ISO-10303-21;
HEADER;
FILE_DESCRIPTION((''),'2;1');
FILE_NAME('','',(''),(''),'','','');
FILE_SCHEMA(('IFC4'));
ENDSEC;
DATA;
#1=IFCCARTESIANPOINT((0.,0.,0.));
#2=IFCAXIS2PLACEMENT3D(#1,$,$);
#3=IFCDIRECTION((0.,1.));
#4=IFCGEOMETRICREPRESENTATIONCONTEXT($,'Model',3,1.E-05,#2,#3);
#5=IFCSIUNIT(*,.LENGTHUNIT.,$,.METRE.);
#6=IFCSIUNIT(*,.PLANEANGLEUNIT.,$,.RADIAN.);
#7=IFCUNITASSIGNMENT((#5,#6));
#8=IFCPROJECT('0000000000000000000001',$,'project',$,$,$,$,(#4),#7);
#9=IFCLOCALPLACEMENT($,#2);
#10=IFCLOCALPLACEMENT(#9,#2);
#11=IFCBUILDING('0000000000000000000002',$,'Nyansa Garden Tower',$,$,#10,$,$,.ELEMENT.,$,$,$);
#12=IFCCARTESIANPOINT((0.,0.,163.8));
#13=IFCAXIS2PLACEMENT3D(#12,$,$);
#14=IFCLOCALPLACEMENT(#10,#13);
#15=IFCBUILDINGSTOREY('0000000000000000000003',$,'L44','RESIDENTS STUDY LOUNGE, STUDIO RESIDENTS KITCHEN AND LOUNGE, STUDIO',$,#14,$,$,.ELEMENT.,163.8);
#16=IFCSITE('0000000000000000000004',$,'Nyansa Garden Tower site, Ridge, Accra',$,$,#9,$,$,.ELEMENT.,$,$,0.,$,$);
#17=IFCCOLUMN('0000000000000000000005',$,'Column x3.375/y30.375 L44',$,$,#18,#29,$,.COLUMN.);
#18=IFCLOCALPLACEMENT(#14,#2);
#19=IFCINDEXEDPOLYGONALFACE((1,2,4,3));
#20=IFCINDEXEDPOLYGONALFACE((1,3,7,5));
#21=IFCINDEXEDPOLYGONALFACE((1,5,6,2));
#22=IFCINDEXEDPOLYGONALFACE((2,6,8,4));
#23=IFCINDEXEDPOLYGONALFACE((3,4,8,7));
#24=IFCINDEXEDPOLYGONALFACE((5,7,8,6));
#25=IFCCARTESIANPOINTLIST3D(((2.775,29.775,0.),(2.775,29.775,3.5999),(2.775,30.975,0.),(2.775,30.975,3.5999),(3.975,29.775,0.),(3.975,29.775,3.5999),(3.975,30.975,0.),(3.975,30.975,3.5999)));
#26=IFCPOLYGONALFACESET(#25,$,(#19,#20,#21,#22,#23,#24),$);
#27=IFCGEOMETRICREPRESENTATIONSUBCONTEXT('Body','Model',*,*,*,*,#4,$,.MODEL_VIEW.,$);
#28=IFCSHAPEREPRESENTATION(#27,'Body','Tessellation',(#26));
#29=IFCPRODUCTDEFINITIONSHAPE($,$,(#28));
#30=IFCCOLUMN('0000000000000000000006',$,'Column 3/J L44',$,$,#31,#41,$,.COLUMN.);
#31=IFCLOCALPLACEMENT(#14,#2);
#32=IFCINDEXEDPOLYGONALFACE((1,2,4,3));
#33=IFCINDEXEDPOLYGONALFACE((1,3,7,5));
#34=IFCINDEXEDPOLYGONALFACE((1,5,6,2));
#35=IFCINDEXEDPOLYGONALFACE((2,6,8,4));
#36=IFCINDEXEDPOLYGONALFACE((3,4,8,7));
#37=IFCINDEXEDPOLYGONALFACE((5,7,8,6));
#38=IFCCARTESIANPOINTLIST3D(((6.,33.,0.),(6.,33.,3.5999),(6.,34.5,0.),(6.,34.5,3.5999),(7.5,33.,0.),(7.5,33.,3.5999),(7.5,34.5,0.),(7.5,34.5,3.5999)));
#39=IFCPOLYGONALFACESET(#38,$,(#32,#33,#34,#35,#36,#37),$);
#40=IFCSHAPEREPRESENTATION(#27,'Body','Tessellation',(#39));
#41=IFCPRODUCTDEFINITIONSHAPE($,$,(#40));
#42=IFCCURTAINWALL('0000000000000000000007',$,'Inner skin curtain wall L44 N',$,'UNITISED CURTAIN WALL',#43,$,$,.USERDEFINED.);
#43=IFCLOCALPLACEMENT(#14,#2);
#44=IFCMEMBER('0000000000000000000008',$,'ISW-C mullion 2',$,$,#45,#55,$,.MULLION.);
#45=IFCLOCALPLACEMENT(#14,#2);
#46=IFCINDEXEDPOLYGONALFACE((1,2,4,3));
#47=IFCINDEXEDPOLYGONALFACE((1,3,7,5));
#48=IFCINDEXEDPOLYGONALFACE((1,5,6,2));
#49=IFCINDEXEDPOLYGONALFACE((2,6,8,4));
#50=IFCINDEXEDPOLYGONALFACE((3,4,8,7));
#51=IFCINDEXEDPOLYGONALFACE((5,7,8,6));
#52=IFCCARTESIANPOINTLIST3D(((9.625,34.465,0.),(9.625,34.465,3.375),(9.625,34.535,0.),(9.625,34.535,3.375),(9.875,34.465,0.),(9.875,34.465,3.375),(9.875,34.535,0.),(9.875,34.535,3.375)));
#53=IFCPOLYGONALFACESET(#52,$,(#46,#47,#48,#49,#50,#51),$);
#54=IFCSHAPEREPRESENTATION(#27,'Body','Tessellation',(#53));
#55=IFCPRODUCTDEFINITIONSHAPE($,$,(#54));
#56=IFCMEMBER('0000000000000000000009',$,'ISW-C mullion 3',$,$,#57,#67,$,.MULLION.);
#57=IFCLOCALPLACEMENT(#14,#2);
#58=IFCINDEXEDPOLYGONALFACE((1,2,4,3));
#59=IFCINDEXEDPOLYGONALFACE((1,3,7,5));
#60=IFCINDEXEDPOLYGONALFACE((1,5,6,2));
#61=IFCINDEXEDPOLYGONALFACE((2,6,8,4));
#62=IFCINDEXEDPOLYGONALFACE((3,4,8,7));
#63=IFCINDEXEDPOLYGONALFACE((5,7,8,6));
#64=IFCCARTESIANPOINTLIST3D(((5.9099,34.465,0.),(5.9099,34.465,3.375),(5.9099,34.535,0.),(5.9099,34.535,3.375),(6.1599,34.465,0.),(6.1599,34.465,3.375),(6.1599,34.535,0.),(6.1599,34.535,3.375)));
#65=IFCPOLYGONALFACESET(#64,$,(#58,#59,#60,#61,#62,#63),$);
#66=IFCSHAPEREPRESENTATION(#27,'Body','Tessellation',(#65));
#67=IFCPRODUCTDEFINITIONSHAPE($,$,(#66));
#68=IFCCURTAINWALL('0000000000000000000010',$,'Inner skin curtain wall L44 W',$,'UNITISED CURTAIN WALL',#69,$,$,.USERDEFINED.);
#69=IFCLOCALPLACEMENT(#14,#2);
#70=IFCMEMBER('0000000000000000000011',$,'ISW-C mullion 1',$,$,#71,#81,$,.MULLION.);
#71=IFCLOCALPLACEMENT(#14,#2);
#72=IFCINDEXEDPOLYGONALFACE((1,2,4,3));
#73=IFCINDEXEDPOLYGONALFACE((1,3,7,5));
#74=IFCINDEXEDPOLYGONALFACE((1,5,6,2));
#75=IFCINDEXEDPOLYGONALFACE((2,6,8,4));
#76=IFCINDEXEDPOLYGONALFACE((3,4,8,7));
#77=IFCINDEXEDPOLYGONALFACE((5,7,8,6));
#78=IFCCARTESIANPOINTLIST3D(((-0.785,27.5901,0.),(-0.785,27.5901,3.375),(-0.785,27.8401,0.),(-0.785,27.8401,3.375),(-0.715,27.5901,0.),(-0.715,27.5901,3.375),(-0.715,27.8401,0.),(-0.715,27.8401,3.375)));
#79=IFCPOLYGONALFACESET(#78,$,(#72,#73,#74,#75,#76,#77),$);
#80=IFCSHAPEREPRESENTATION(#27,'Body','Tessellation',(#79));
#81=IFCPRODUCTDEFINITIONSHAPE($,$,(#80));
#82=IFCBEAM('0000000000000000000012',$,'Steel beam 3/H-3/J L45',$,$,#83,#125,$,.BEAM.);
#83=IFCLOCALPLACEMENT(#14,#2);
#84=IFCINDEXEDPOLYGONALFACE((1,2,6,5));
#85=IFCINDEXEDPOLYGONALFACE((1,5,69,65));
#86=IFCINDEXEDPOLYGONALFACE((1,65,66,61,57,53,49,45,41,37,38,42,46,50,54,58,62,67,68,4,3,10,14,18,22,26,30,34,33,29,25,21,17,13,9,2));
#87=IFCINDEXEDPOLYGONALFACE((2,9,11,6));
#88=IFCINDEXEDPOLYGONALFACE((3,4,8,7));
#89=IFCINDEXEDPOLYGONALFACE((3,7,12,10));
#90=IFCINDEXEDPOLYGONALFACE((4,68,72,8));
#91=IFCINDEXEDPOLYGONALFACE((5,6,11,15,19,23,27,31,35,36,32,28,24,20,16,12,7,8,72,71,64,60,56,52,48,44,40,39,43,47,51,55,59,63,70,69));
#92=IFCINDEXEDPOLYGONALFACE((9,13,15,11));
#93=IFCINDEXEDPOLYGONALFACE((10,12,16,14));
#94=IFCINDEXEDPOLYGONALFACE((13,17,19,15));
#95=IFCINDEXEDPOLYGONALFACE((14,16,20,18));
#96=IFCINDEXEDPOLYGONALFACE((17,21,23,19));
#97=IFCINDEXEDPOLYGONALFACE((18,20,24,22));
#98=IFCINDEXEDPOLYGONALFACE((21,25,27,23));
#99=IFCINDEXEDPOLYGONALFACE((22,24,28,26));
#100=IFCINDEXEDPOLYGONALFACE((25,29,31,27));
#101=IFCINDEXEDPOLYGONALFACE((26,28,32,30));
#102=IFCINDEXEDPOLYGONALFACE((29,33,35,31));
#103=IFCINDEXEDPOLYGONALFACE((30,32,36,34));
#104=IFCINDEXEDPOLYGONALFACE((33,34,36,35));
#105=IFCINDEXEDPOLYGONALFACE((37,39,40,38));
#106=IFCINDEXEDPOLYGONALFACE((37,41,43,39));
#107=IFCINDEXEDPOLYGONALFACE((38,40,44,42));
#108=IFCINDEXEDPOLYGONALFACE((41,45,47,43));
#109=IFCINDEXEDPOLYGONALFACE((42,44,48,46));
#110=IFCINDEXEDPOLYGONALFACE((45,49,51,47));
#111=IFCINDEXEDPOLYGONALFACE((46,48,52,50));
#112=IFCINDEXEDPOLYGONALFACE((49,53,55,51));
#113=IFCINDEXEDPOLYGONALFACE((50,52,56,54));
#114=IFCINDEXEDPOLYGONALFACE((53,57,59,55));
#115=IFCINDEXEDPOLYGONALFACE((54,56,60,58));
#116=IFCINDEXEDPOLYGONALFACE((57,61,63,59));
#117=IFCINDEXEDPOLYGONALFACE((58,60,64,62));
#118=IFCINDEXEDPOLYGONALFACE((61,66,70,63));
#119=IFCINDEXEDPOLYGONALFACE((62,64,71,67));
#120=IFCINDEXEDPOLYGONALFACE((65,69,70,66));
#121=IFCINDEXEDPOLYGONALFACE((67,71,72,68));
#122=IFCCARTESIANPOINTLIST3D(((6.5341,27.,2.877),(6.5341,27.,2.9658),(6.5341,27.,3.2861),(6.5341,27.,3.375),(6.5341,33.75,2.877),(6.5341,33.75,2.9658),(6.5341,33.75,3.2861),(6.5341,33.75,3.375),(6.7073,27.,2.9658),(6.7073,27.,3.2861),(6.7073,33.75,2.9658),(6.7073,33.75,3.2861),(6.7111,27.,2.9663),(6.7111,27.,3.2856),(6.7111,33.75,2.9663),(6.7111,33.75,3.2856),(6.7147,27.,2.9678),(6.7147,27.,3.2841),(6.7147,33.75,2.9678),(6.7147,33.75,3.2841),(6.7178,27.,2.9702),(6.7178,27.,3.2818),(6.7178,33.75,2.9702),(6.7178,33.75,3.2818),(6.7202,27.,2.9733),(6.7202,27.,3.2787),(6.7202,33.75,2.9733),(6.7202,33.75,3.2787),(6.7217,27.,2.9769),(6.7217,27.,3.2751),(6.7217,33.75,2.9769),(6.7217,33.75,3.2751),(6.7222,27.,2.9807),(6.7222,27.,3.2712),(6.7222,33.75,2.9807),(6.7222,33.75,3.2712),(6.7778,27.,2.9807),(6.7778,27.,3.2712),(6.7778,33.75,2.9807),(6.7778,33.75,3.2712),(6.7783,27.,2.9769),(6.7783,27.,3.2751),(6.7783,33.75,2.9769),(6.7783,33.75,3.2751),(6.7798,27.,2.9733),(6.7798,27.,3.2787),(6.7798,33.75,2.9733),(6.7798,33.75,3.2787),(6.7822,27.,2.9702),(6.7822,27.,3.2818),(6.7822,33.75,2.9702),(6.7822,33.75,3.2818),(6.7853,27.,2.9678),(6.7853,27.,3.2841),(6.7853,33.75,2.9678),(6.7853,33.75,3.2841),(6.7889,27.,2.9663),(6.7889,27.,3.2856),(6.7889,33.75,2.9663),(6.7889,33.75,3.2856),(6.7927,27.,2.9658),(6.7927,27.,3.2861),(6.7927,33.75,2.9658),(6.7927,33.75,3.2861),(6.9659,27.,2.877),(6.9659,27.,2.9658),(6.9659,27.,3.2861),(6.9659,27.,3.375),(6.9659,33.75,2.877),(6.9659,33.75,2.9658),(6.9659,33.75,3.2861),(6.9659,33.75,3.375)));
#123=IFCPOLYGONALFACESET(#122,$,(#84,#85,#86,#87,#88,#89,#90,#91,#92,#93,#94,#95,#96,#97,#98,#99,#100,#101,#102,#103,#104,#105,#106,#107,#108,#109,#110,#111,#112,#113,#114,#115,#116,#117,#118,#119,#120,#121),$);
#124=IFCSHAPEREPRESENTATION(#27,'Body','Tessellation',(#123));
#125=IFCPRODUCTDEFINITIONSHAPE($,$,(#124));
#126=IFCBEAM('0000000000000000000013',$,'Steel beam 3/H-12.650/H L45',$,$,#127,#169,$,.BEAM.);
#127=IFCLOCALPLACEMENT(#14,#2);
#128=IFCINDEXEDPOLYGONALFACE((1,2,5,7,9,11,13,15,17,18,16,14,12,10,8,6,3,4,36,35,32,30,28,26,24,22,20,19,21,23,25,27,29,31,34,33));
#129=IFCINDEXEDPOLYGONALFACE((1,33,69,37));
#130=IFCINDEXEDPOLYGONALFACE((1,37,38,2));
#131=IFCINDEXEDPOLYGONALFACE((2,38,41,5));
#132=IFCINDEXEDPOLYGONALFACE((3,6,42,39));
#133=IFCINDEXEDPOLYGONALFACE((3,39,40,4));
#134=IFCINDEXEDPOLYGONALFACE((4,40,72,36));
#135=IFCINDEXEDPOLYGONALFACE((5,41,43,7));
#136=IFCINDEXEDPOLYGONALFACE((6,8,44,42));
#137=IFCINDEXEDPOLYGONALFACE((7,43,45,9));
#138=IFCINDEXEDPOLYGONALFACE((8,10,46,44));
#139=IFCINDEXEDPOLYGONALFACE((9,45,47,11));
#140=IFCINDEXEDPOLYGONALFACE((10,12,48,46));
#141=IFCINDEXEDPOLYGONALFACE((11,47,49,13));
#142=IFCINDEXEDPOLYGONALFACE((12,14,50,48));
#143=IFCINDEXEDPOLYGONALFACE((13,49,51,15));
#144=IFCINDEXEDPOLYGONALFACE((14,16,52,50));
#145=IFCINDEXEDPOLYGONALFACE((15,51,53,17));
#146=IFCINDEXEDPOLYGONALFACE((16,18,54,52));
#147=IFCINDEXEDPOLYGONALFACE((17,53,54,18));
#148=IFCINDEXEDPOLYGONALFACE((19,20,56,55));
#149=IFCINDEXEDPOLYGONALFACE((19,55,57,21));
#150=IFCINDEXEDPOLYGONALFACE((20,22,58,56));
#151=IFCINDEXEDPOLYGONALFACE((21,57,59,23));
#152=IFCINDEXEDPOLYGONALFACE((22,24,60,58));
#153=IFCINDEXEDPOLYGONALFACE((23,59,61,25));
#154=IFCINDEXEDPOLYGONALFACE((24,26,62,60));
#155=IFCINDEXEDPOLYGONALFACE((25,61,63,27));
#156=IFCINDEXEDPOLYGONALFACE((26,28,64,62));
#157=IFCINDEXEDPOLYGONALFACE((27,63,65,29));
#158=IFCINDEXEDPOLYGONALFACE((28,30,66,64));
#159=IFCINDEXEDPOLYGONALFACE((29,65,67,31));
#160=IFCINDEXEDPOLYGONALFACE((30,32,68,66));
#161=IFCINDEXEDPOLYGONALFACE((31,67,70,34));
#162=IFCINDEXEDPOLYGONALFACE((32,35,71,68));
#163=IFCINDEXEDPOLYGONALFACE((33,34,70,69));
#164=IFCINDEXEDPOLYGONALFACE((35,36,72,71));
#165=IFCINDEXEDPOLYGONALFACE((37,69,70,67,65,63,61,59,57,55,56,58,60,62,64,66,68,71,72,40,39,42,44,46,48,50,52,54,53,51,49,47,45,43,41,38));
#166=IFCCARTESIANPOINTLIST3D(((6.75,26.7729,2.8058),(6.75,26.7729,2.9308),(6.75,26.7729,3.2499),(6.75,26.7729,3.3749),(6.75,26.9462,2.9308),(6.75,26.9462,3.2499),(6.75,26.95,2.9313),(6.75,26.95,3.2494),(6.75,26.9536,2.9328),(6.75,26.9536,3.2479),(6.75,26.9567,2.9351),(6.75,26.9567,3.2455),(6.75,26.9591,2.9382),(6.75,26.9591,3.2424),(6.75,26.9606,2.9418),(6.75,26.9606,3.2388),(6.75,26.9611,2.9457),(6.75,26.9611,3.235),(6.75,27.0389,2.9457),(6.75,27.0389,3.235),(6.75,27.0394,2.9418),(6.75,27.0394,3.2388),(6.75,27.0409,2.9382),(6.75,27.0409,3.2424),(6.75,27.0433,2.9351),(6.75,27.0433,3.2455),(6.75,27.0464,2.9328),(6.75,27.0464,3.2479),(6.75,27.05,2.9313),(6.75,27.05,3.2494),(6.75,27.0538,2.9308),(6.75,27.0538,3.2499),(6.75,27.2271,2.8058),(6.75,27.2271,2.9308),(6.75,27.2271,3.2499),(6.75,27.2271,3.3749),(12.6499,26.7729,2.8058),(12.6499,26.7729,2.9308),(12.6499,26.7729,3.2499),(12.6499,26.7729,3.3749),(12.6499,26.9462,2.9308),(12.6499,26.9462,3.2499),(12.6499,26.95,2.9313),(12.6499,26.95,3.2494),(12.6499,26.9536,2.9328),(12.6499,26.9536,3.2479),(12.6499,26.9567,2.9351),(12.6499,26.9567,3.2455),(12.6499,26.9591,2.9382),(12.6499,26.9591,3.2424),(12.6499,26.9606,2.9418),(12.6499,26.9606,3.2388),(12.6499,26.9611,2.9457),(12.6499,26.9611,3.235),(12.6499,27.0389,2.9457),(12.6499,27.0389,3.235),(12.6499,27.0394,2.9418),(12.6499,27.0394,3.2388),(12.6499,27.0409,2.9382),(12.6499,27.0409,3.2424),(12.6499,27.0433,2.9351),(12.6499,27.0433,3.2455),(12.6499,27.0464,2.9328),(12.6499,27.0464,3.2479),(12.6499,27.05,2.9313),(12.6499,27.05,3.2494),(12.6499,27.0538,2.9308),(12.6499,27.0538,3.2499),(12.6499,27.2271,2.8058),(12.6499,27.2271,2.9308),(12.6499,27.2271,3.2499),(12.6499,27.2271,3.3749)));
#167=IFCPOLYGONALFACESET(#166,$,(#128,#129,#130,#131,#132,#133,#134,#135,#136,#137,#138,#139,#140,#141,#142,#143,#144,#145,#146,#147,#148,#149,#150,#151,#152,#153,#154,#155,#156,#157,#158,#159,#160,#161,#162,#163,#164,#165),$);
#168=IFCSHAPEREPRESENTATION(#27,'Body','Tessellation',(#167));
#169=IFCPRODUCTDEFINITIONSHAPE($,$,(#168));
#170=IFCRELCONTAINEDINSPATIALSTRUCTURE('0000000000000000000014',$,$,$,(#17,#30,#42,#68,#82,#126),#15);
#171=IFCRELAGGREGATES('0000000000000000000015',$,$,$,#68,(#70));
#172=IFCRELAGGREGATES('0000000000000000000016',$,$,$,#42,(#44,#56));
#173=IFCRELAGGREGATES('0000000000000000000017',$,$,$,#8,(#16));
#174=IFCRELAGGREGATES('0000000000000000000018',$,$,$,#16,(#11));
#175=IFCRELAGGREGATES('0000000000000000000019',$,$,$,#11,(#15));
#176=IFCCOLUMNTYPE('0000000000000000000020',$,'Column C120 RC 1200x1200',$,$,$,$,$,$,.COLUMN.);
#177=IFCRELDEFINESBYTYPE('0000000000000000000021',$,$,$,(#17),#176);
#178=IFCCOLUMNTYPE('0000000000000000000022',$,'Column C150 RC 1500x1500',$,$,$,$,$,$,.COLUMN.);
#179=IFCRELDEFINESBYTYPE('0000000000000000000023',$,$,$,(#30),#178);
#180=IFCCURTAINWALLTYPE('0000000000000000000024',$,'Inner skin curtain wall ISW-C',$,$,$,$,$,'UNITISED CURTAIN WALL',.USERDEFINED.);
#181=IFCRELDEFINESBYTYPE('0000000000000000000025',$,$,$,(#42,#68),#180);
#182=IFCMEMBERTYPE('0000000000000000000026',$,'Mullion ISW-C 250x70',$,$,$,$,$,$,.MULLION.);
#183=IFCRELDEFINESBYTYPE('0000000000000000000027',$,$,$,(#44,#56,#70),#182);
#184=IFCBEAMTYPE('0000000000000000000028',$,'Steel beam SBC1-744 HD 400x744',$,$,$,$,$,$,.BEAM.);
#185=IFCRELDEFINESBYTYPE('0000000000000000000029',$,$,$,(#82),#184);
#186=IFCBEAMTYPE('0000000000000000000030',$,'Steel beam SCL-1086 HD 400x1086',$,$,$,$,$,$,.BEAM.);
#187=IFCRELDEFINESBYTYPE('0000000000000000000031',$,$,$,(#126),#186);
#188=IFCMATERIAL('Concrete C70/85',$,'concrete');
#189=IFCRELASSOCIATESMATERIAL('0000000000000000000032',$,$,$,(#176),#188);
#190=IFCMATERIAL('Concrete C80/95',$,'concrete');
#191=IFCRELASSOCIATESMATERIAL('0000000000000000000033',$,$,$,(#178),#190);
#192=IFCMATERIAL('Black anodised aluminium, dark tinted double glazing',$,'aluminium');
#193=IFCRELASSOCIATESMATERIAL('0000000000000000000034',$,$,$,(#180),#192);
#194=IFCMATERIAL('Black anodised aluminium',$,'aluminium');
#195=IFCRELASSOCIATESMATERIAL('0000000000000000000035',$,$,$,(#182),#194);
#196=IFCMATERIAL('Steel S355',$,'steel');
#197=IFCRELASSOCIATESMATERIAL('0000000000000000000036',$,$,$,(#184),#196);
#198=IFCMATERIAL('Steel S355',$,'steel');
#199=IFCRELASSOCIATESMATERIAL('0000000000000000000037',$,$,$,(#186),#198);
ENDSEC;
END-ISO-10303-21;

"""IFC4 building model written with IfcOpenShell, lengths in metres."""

from ifc_helpers import new_model, si_unit, direction, frame, origin, origin_2d, place, context, subcontext, project, spatial, rectangle, i_section, extrude, material, material_profile, profile_set, type_object, element, aggregate, save


model = new_model("IFC4")

# Units and contexts
model_context = context("Model", 3, precision=1e-05, world=origin(), true_north=direction((0.0, 1.0)))
body_context = subcontext(model_context, "Body", "Model", "MODEL_VIEW")
ifc_project = project(units=[si_unit("LENGTHUNIT", "METRE"), si_unit("PLANEANGLEUNIT", "RADIAN")], contexts=[model_context])

# Site, building, storey
site_placement = place(None, origin())
site = spatial("IfcSite", under=ifc_project, at=site_placement, Name="Nyansa Garden Tower site, Ridge, Accra", CompositionType="ELEMENT", RefElevation=0.0)
building_placement = place(site_placement, origin())
building = spatial("IfcBuilding", under=site, at=building_placement, Name="Nyansa Garden Tower", CompositionType="ELEMENT")
storey_placement = place(building_placement, frame((0.0, 0.0, 163.8)))
storey = spatial("IfcBuildingStorey", under=building, at=storey_placement, Name="L44", Description="RESIDENTS STUDY LOUNGE, STUDIO RESIDENTS KITCHEN AND LOUNGE, STUDIO", CompositionType="ELEMENT", Elevation=163.8)

# Columns
ifc_material_1 = material(Name="Concrete C70/85", Category="concrete")
ifc_material_profile_1 = material_profile(ifc_material_1, rectangle(XDim=1.2, YDim=1.2, at=origin_2d()), Name="RC 1200x1200")
ifc_profile_set_1 = profile_set([ifc_material_profile_1], Name="Concrete C70/85")
column_type_1 = type_object("IfcColumnType", Name="Column C120 RC 1200x1200", PredefinedType="COLUMN", material=ifc_profile_set_1)
column_1_placement = place(storey_placement, frame((3.375, 30.375, 0.0), z_axis=(0.0, 0.0, 1.0), x_axis=(1.0, 0.0, 0.0)))
element("IfcColumn", 1, at=column_1_placement, inside=storey, type_object=column_type_1, Name="Column x3.375/y30.375 L44", PredefinedType="COLUMN", context=body_context, shape_type="SweptSolid", body=[
    extrude(rectangle(XDim=1.2, YDim=1.2, at=origin_2d()), origin(), (0.0, 0.0, 1.0), 3.5999),
])
ifc_material_2 = material(Name="Concrete C80/95", Category="concrete")
ifc_material_profile_2 = material_profile(ifc_material_2, rectangle(XDim=1.5, YDim=1.5, at=origin_2d()), Name="RC 1500x1500")
ifc_profile_set_2 = profile_set([ifc_material_profile_2], Name="Concrete C80/95")
column_type_2 = type_object("IfcColumnType", Name="Column C150 RC 1500x1500", PredefinedType="COLUMN", material=ifc_profile_set_2)
column_2_placement = place(storey_placement, frame((6.75, 33.75, 0.0), z_axis=(0.0, 0.0, 1.0), x_axis=(1.0, 0.0, 0.0)))
element("IfcColumn", 2, at=column_2_placement, inside=storey, type_object=column_type_2, Name="Column 3/J L44", PredefinedType="COLUMN", context=body_context, shape_type="SweptSolid", body=[
    extrude(rectangle(XDim=1.5, YDim=1.5, at=origin_2d()), origin(), (0.0, 0.0, 1.0), 3.5999),
])

# Curtain wall, members
ifc_material_3 = material(Name="Black anodised aluminium, dark tinted double glazing", Category="aluminium")
curtain_wall_type = type_object("IfcCurtainWallType", Name="Inner skin curtain wall ISW-C", ElementType="UNITISED CURTAIN WALL", PredefinedType="USERDEFINED", material=ifc_material_3)
curtain_wall_1_placement = place(storey_placement, origin())
curtain_wall_1 = element("IfcCurtainWall", 3, at=curtain_wall_1_placement, inside=storey, type_object=curtain_wall_type, Name="Inner skin curtain wall L44 N", ObjectType="UNITISED CURTAIN WALL", PredefinedType="USERDEFINED")
ifc_material_4 = material(Name="Black anodised aluminium", Category="aluminium")
ifc_material_profile_3 = material_profile(ifc_material_4, rectangle(XDim=0.0701, YDim=0.25, at=origin_2d()), Name="Mullion 250x70")
ifc_profile_set_3 = profile_set([ifc_material_profile_3], Name="Black anodised aluminium")
member_type_1 = type_object("IfcMemberType", Name="Mullion ISW-C 250x70", PredefinedType="MULLION", material=ifc_profile_set_3)
member_1_placement = place(storey_placement, frame((9.75, 34.5, 0.0), z_axis=(0.0, 0.0, 1.0), x_axis=(0.0, -1.0, 0.0)))
member_1 = element("IfcMember", 4, at=member_1_placement, type_object=member_type_1, Name="ISW-C mullion 2", PredefinedType="MULLION", context=body_context, shape_type="SweptSolid", body=[
    extrude(rectangle(XDim=0.0701, YDim=0.25, at=origin_2d()), origin(), (0.0, 0.0, 1.0), 3.375),
])
member_2_placement = place(storey_placement, frame((6.0349, 34.5, 0.0), z_axis=(0.0, 0.0, 1.0), x_axis=(0.0, -1.0, 0.0)))
member_2 = element("IfcMember", 5, at=member_2_placement, type_object=member_type_1, Name="ISW-C mullion 3", PredefinedType="MULLION", context=body_context, shape_type="SweptSolid", body=[
    extrude(rectangle(XDim=0.0701, YDim=0.25, at=origin_2d()), origin(), (0.0, 0.0, 1.0), 3.375),
])

# Curtain wall, member
curtain_wall_2_placement = place(storey_placement, origin())
curtain_wall_2 = element("IfcCurtainWall", 6, at=curtain_wall_2_placement, inside=storey, type_object=curtain_wall_type, Name="Inner skin curtain wall L44 W", ObjectType="UNITISED CURTAIN WALL", PredefinedType="USERDEFINED")
member_3_placement = place(storey_placement, frame((-0.75, 27.7151, 0.0), z_axis=(0.0, 0.0, 1.0), x_axis=(1.0, 0.0, 0.0)))
member_3 = element("IfcMember", 7, at=member_3_placement, type_object=member_type_1, Name="ISW-C mullion 1", PredefinedType="MULLION", context=body_context, shape_type="SweptSolid", body=[
    extrude(rectangle(XDim=0.0701, YDim=0.25, at=origin_2d()), origin(), (0.0, 0.0, 1.0), 3.375),
])

# Beams
ifc_material_5 = material(Name="Steel S355", Category="steel")
ifc_material_profile_4 = material_profile(ifc_material_5, i_section(OverallWidth=0.4319, OverallDepth=0.498, WebThickness=0.0557, FlangeThickness=0.0889, FilletRadius=0.0149, at=origin_2d()), Name="HD 400x744")
ifc_profile_set_4 = profile_set([ifc_material_profile_4], Name="Steel S355")
beam_type_1 = type_object("IfcBeamType", Name="Steel beam SBC1-744 HD 400x744", PredefinedType="BEAM", material=ifc_profile_set_4)
beam_1_placement = place(storey_placement, frame((6.75, 27.0, 3.126), z_axis=(0.0, 1.0, 0.0), x_axis=(-1.0, 0.0, 0.0)))
element("IfcBeam", 8, at=beam_1_placement, inside=storey, type_object=beam_type_1, Name="Steel beam 3/H-3/J L45", PredefinedType="BEAM", context=body_context, shape_type="SweptSolid", body=[
    extrude(i_section(OverallWidth=0.4319, OverallDepth=0.498, WebThickness=0.0557, FlangeThickness=0.0889, FilletRadius=0.0149, at=origin_2d()), origin(), (0.0, 0.0, 1.0), 6.75),
])
ifc_material_6 = material(Name="Steel S355", Category="steel")
ifc_material_profile_5 = material_profile(ifc_material_6, i_section(OverallWidth=0.4541, OverallDepth=0.5691, WebThickness=0.0779, FlangeThickness=0.125, FilletRadius=0.0149, at=origin_2d()), Name="HD 400x1086")
ifc_profile_set_5 = profile_set([ifc_material_profile_5], Name="Steel S355")
beam_type_2 = type_object("IfcBeamType", Name="Steel beam SCL-1086 HD 400x1086", PredefinedType="BEAM", material=ifc_profile_set_5)
beam_2_placement = place(storey_placement, frame((6.75, 27.0, 3.0903), z_axis=(1.0, 0.0, 0.0), x_axis=(0.0, 1.0, 0.0)))
element("IfcBeam", 9, at=beam_2_placement, inside=storey, type_object=beam_type_2, Name="Steel beam 3/H-12.650/H L45", PredefinedType="BEAM", context=body_context, shape_type="SweptSolid", body=[
    extrude(i_section(OverallWidth=0.4541, OverallDepth=0.5691, WebThickness=0.0779, FlangeThickness=0.125, FilletRadius=0.0149, at=origin_2d()), origin(), (0.0, 0.0, 1.0), 5.8999),
])

aggregate(curtain_wall_2, [member_3])

aggregate(curtain_wall_1, [member_1, member_2])

save(model, "model.ifc")
